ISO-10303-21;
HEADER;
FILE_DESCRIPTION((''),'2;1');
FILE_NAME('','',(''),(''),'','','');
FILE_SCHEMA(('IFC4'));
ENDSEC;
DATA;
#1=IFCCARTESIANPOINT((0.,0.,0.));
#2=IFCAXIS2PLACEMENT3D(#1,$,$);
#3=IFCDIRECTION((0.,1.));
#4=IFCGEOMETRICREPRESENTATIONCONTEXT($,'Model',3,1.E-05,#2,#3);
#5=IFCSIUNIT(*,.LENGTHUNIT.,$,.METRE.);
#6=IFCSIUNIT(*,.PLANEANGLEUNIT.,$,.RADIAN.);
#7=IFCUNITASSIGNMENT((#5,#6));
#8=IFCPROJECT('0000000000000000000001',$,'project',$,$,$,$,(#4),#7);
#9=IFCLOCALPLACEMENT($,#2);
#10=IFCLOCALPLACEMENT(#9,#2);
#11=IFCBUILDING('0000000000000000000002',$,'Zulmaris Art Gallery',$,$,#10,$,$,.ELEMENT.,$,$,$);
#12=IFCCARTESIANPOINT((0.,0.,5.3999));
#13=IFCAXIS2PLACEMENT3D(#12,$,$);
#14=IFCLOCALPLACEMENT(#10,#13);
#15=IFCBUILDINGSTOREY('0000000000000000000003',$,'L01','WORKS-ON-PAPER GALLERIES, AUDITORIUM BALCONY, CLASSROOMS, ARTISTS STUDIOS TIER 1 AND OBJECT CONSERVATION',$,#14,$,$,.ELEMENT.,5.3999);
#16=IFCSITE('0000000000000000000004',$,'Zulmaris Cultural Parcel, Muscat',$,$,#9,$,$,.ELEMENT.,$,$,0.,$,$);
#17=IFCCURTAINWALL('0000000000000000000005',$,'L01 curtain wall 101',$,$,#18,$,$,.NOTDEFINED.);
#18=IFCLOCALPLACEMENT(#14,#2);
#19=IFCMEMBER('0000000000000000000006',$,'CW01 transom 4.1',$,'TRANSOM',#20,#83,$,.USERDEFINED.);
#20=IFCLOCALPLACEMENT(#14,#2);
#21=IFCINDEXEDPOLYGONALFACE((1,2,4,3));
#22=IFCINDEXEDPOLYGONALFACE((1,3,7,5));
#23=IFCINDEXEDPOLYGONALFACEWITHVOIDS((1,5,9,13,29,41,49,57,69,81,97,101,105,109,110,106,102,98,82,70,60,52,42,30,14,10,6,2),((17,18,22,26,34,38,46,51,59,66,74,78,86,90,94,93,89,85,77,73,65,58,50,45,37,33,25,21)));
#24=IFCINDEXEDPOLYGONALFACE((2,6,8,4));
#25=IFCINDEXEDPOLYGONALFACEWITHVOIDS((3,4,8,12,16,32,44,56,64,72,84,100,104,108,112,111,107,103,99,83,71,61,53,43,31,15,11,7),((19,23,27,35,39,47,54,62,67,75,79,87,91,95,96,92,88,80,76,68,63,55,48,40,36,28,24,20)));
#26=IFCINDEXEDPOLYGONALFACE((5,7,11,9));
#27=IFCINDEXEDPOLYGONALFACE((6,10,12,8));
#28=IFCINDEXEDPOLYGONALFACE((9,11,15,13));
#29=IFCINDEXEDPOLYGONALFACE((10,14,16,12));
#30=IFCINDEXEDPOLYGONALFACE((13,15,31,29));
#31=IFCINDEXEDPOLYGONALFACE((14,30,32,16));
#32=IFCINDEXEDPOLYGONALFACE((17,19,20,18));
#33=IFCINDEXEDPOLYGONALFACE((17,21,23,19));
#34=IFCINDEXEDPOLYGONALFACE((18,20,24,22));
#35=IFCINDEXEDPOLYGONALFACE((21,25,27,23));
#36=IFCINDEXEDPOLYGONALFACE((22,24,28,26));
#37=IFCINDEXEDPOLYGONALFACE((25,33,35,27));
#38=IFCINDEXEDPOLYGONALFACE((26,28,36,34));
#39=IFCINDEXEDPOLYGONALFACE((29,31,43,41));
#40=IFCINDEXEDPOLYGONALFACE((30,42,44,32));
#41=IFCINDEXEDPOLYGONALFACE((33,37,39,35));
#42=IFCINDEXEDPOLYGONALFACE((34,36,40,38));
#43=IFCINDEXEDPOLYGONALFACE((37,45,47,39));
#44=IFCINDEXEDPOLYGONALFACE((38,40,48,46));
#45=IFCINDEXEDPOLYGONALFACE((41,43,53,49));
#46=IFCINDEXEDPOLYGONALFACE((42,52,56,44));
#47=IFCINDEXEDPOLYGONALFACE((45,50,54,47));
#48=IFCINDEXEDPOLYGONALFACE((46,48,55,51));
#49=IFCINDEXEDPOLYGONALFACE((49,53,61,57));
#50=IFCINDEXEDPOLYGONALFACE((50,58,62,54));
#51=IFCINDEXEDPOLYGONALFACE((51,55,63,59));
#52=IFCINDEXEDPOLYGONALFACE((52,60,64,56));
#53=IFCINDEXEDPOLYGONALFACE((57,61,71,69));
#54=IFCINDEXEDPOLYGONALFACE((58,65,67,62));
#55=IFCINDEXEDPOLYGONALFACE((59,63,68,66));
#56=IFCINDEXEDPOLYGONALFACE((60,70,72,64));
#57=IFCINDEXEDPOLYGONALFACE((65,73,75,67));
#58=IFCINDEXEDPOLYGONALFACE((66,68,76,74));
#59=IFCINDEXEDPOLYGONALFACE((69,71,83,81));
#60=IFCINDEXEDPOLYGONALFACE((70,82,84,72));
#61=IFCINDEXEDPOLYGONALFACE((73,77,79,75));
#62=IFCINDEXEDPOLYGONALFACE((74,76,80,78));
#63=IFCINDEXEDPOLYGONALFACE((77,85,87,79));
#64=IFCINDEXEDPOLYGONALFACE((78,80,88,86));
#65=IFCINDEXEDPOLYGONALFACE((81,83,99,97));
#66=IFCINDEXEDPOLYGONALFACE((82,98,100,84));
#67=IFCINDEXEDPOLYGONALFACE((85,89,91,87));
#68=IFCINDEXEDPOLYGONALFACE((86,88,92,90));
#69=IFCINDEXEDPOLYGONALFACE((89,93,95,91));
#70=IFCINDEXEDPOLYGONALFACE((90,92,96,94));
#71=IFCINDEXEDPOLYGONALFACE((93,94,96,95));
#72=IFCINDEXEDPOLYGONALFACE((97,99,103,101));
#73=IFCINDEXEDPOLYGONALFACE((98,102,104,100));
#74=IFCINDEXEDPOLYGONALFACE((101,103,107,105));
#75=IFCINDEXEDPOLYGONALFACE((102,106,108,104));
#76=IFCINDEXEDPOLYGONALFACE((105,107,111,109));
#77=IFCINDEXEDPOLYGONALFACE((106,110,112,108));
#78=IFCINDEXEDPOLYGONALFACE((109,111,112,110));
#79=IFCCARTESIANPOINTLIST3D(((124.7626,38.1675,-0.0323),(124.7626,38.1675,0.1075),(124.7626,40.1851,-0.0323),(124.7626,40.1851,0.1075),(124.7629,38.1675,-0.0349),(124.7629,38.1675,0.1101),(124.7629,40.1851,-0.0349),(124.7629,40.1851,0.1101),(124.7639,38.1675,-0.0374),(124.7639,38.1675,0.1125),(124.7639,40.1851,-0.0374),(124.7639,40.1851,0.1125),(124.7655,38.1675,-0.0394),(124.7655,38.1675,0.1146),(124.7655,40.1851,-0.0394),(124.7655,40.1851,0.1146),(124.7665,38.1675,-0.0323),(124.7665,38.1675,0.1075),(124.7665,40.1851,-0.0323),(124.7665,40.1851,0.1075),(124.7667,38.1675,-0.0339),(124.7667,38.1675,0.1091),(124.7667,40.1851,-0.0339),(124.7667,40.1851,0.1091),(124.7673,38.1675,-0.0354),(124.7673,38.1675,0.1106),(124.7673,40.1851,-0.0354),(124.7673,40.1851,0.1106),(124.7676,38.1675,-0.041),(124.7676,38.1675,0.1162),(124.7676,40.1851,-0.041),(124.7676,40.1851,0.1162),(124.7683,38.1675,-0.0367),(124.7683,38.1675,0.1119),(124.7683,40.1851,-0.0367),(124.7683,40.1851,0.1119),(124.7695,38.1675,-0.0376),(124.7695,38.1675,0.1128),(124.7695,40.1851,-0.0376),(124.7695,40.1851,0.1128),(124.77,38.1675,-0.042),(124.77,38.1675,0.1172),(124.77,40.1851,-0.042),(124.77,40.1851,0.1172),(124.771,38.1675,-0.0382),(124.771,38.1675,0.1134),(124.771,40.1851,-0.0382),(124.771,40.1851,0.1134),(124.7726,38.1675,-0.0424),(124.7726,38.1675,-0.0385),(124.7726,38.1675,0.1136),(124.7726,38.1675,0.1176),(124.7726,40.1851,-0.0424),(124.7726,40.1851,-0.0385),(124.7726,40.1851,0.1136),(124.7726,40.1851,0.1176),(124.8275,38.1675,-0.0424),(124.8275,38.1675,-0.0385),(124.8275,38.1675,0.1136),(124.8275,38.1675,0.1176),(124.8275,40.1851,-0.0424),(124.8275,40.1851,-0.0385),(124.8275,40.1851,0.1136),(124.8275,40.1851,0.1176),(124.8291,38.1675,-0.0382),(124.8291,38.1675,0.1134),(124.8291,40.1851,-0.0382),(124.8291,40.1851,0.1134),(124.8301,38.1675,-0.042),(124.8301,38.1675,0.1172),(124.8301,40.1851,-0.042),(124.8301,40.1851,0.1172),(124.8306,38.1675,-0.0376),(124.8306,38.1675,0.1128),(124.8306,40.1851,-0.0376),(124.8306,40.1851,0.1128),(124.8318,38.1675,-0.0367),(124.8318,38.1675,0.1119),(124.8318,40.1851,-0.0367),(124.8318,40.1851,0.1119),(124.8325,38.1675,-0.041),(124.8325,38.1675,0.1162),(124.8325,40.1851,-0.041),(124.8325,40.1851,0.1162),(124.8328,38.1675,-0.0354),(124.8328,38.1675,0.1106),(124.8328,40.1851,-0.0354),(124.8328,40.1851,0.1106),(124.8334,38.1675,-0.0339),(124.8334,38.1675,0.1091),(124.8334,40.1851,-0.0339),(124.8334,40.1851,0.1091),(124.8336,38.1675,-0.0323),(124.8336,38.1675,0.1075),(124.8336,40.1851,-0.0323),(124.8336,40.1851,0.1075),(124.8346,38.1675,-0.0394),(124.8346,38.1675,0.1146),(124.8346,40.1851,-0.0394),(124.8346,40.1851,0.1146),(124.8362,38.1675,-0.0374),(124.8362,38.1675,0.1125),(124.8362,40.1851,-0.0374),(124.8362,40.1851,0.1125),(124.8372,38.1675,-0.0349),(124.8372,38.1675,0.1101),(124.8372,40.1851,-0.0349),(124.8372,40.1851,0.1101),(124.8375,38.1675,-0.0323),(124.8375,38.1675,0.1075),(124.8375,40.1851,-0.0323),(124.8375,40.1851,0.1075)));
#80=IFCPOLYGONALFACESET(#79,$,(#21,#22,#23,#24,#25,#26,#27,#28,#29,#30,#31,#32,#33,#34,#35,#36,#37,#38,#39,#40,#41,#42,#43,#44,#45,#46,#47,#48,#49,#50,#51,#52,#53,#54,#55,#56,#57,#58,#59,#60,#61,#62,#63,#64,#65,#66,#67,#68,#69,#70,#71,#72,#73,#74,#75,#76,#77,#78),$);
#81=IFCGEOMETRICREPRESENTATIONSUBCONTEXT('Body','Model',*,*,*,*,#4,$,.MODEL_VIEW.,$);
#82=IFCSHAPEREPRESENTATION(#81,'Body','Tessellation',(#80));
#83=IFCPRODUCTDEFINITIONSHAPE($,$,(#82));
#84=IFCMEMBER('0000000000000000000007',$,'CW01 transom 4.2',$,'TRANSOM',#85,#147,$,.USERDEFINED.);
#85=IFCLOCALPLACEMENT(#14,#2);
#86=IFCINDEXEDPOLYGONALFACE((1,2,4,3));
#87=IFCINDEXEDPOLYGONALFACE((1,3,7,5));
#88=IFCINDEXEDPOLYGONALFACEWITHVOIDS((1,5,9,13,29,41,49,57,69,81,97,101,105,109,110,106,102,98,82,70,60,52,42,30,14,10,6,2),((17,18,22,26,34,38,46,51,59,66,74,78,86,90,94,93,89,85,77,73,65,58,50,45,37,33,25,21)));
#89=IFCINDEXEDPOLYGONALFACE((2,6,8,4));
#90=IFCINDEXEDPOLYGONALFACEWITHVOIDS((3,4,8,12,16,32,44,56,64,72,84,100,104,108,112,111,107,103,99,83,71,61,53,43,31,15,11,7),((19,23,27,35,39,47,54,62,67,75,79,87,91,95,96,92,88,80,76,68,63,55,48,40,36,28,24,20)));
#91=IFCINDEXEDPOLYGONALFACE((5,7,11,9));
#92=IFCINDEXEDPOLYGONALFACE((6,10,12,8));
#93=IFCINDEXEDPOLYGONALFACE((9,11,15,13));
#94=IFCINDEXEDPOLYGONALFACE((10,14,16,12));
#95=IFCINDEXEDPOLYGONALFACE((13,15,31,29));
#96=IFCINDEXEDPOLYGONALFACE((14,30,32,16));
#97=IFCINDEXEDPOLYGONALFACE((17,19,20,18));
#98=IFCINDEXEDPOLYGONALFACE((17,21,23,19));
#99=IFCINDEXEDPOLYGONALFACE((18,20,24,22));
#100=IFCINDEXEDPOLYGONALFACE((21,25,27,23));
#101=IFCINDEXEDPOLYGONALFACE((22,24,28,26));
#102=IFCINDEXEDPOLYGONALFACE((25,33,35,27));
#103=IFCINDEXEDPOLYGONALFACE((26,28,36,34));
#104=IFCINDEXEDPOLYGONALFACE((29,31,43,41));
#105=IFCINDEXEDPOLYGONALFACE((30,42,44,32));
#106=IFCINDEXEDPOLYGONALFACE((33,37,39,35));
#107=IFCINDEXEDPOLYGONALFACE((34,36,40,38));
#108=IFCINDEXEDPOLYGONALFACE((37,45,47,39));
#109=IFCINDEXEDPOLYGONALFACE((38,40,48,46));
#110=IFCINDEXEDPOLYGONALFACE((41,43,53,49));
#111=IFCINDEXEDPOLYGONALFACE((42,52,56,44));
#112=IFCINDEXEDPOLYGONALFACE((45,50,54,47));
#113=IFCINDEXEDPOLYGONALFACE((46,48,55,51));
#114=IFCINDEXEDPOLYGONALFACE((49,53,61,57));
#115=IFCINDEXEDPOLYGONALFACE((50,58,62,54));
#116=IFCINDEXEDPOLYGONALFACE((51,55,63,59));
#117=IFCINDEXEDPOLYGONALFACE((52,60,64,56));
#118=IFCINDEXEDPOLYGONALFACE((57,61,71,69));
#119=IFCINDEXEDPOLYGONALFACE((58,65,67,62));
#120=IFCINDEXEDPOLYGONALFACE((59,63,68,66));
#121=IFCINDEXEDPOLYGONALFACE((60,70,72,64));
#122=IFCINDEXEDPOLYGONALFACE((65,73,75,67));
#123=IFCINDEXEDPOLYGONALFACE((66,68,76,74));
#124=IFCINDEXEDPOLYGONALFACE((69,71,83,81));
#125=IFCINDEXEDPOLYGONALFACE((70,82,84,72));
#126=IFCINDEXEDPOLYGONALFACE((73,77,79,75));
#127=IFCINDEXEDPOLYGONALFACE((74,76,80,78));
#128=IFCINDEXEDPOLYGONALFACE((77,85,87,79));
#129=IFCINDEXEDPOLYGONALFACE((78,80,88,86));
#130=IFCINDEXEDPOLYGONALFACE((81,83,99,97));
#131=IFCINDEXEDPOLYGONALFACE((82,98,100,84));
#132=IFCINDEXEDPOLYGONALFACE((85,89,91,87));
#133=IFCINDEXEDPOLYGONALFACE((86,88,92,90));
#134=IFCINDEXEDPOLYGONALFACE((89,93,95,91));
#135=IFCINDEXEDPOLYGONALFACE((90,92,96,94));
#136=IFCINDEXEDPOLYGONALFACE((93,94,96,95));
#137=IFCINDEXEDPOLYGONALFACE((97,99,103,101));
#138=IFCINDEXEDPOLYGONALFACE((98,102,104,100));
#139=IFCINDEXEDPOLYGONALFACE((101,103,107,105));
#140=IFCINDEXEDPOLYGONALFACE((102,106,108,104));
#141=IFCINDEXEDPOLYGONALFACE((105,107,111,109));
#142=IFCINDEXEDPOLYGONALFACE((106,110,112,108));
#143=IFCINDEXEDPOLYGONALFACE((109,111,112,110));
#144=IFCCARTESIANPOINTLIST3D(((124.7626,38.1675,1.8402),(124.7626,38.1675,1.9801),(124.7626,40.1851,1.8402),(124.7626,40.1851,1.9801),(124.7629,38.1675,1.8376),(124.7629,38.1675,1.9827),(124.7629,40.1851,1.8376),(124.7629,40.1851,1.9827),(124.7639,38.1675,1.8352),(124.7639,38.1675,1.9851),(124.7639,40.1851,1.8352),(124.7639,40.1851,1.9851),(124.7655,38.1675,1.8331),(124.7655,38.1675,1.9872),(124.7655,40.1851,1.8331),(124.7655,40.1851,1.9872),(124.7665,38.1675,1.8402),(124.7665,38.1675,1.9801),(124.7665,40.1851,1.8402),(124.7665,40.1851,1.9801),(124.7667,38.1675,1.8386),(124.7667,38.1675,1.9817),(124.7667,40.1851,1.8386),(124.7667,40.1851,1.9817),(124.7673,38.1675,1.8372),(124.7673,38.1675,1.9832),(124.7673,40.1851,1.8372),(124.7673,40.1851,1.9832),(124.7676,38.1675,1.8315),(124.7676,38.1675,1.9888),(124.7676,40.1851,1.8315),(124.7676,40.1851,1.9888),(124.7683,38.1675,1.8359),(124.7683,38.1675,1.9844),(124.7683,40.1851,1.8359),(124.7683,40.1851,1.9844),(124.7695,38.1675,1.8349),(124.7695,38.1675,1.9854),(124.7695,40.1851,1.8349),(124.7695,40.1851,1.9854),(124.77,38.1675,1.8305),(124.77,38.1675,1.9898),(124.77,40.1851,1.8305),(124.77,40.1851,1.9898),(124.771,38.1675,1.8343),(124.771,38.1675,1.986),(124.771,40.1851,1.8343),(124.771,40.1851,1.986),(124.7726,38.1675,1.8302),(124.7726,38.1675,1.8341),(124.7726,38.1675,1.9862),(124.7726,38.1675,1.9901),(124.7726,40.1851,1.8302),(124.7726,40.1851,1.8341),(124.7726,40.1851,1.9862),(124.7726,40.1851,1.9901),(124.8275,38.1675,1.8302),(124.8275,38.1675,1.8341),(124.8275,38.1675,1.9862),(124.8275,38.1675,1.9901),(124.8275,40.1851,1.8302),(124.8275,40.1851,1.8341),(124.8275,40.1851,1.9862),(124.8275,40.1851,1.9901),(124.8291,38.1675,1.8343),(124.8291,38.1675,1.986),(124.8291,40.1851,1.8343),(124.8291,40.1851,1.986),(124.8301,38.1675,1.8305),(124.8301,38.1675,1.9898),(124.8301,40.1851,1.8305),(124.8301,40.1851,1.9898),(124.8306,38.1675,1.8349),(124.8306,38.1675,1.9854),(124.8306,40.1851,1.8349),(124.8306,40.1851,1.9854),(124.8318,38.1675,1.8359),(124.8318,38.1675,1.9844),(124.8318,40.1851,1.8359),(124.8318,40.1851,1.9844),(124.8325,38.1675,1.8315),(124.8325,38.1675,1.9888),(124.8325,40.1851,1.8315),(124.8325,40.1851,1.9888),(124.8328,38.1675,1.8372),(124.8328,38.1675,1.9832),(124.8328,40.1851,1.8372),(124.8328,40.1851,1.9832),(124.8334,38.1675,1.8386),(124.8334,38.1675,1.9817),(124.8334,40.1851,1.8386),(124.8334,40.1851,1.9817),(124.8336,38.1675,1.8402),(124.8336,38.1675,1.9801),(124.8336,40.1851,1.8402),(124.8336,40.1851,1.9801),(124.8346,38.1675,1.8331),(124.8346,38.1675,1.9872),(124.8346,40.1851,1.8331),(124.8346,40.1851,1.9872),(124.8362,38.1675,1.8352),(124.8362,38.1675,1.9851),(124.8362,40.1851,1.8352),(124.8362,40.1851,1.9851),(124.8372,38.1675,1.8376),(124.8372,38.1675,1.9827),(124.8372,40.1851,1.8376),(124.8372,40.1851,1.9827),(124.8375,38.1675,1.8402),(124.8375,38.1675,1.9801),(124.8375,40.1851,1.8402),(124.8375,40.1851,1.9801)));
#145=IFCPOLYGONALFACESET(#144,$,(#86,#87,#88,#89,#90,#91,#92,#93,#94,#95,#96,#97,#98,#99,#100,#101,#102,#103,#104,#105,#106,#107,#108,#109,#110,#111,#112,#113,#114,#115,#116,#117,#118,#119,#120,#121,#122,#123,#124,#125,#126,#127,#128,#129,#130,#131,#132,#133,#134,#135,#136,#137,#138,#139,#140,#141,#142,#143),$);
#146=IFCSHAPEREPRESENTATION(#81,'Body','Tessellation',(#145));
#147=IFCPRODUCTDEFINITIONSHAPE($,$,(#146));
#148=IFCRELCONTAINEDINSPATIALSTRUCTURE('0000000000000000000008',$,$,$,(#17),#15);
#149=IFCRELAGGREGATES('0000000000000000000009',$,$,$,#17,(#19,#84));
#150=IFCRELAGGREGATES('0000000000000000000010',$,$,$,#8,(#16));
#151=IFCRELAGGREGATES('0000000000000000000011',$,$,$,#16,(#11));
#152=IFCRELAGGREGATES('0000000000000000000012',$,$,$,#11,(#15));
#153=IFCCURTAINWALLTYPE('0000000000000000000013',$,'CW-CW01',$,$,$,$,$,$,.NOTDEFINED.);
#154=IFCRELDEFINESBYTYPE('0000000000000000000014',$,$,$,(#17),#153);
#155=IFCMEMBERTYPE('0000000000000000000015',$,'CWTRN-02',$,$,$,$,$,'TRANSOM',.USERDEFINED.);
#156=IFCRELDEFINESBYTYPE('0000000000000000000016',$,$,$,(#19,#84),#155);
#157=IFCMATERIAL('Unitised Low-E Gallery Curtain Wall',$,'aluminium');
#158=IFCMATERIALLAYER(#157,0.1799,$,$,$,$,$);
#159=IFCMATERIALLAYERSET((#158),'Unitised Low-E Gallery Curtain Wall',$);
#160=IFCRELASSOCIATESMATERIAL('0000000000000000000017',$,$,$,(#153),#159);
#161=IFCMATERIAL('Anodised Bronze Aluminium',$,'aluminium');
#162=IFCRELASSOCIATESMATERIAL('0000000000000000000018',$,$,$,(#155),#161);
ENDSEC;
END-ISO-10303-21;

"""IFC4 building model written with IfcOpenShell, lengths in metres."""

from ifc_helpers import new_model, si_unit, direction, frame, origin, origin_2d, place, context, subcontext, project, spatial, hollow_rectangle, extrude, material, layer, layer_set, material_profile, profile_set, type_object, element, aggregate, save


model = new_model("IFC4")

# Units and contexts
model_context = context("Model", 3, precision=1e-05, world=origin(), true_north=direction((0.0, 1.0)))
body_context = subcontext(model_context, "Body", "Model", "MODEL_VIEW")
ifc_project = project(units=[si_unit("LENGTHUNIT", "METRE"), si_unit("PLANEANGLEUNIT", "RADIAN")], contexts=[model_context])

# Site, building, storey
site_placement = place(None, origin())
site = spatial("IfcSite", under=ifc_project, at=site_placement, Name="Zulmaris Cultural Parcel, Muscat", CompositionType="ELEMENT", RefElevation=0.0)
building_placement = place(site_placement, origin())
building = spatial("IfcBuilding", under=site, at=building_placement, Name="Zulmaris Art Gallery", CompositionType="ELEMENT")
storey_placement = place(building_placement, frame((0.0, 0.0, 5.3999)))
storey = spatial("IfcBuildingStorey", under=building, at=storey_placement, Name="L01", Description="WORKS-ON-PAPER GALLERIES, AUDITORIUM BALCONY, CLASSROOMS, ARTISTS STUDIOS TIER 1 AND OBJECT CONSERVATION", CompositionType="ELEMENT", Elevation=5.3999)

# Curtain wall
ifc_material_1 = material(Name="Unitised Low-E Gallery Curtain Wall", Category="aluminium")
ifc_layer_1 = layer(ifc_material_1, 0.1799)
ifc_layer_set_1 = layer_set([ifc_layer_1], Name="Unitised Low-E Gallery Curtain Wall")
curtain_wall_type = type_object("IfcCurtainWallType", Name="CW-CW01", PredefinedType="NOTDEFINED", material=ifc_layer_set_1)
curtain_wall_1_placement = place(storey_placement, origin())
curtain_wall_1 = element("IfcCurtainWall", 1, at=curtain_wall_1_placement, inside=storey, type_object=curtain_wall_type, Name="L01 curtain wall 101", PredefinedType="NOTDEFINED")
ifc_material_2 = material(Name="Anodised Bronze Aluminium", Category="aluminium")

# Members
ifc_material_profile_1 = material_profile(ifc_material_2, hollow_rectangle(XDim=0.075, YDim=0.1599, WallThickness=0.0039, InnerFilletRadius=0.0061, OuterFilletRadius=0.01, at=origin_2d()), Name="ALU 75x160x4")
ifc_profile_set_1 = profile_set([ifc_material_profile_1], Name="Anodised Bronze Aluminium")
member_type_1 = type_object("IfcMemberType", Name="CWTRN-02", ElementType="TRANSOM", PredefinedType="USERDEFINED", material=ifc_profile_set_1)
member_1_placement = place(storey_placement, frame((124.8, 38.1675, 0.0376), z_axis=(0.0, 1.0, 0.0), x_axis=(-1.0, 0.0, 0.0)))
member_1 = element("IfcMember", 2, at=member_1_placement, type_object=member_type_1, Name="CW01 transom 4.1", ObjectType="TRANSOM", PredefinedType="USERDEFINED", context=body_context, shape_type="SweptSolid", body=[
    extrude(hollow_rectangle(XDim=0.075, YDim=0.1599, WallThickness=0.0039, InnerFilletRadius=0.0061, OuterFilletRadius=0.01, at=origin_2d()), origin(), (0.0, 0.0, 1.0), 2.0176),
])
member_2_placement = place(storey_placement, frame((124.8, 38.1675, 1.9102), z_axis=(0.0, 1.0, 0.0), x_axis=(-1.0, 0.0, 0.0)))
member_2 = element("IfcMember", 3, at=member_2_placement, type_object=member_type_1, Name="CW01 transom 4.2", ObjectType="TRANSOM", PredefinedType="USERDEFINED", context=body_context, shape_type="SweptSolid", body=[
    extrude(hollow_rectangle(XDim=0.075, YDim=0.1599, WallThickness=0.0039, InnerFilletRadius=0.0061, OuterFilletRadius=0.01, at=origin_2d()), origin(), (0.0, 0.0, 1.0), 2.0176),
])

aggregate(curtain_wall_1, [member_1, member_2])

save(model, "model.ifc")
